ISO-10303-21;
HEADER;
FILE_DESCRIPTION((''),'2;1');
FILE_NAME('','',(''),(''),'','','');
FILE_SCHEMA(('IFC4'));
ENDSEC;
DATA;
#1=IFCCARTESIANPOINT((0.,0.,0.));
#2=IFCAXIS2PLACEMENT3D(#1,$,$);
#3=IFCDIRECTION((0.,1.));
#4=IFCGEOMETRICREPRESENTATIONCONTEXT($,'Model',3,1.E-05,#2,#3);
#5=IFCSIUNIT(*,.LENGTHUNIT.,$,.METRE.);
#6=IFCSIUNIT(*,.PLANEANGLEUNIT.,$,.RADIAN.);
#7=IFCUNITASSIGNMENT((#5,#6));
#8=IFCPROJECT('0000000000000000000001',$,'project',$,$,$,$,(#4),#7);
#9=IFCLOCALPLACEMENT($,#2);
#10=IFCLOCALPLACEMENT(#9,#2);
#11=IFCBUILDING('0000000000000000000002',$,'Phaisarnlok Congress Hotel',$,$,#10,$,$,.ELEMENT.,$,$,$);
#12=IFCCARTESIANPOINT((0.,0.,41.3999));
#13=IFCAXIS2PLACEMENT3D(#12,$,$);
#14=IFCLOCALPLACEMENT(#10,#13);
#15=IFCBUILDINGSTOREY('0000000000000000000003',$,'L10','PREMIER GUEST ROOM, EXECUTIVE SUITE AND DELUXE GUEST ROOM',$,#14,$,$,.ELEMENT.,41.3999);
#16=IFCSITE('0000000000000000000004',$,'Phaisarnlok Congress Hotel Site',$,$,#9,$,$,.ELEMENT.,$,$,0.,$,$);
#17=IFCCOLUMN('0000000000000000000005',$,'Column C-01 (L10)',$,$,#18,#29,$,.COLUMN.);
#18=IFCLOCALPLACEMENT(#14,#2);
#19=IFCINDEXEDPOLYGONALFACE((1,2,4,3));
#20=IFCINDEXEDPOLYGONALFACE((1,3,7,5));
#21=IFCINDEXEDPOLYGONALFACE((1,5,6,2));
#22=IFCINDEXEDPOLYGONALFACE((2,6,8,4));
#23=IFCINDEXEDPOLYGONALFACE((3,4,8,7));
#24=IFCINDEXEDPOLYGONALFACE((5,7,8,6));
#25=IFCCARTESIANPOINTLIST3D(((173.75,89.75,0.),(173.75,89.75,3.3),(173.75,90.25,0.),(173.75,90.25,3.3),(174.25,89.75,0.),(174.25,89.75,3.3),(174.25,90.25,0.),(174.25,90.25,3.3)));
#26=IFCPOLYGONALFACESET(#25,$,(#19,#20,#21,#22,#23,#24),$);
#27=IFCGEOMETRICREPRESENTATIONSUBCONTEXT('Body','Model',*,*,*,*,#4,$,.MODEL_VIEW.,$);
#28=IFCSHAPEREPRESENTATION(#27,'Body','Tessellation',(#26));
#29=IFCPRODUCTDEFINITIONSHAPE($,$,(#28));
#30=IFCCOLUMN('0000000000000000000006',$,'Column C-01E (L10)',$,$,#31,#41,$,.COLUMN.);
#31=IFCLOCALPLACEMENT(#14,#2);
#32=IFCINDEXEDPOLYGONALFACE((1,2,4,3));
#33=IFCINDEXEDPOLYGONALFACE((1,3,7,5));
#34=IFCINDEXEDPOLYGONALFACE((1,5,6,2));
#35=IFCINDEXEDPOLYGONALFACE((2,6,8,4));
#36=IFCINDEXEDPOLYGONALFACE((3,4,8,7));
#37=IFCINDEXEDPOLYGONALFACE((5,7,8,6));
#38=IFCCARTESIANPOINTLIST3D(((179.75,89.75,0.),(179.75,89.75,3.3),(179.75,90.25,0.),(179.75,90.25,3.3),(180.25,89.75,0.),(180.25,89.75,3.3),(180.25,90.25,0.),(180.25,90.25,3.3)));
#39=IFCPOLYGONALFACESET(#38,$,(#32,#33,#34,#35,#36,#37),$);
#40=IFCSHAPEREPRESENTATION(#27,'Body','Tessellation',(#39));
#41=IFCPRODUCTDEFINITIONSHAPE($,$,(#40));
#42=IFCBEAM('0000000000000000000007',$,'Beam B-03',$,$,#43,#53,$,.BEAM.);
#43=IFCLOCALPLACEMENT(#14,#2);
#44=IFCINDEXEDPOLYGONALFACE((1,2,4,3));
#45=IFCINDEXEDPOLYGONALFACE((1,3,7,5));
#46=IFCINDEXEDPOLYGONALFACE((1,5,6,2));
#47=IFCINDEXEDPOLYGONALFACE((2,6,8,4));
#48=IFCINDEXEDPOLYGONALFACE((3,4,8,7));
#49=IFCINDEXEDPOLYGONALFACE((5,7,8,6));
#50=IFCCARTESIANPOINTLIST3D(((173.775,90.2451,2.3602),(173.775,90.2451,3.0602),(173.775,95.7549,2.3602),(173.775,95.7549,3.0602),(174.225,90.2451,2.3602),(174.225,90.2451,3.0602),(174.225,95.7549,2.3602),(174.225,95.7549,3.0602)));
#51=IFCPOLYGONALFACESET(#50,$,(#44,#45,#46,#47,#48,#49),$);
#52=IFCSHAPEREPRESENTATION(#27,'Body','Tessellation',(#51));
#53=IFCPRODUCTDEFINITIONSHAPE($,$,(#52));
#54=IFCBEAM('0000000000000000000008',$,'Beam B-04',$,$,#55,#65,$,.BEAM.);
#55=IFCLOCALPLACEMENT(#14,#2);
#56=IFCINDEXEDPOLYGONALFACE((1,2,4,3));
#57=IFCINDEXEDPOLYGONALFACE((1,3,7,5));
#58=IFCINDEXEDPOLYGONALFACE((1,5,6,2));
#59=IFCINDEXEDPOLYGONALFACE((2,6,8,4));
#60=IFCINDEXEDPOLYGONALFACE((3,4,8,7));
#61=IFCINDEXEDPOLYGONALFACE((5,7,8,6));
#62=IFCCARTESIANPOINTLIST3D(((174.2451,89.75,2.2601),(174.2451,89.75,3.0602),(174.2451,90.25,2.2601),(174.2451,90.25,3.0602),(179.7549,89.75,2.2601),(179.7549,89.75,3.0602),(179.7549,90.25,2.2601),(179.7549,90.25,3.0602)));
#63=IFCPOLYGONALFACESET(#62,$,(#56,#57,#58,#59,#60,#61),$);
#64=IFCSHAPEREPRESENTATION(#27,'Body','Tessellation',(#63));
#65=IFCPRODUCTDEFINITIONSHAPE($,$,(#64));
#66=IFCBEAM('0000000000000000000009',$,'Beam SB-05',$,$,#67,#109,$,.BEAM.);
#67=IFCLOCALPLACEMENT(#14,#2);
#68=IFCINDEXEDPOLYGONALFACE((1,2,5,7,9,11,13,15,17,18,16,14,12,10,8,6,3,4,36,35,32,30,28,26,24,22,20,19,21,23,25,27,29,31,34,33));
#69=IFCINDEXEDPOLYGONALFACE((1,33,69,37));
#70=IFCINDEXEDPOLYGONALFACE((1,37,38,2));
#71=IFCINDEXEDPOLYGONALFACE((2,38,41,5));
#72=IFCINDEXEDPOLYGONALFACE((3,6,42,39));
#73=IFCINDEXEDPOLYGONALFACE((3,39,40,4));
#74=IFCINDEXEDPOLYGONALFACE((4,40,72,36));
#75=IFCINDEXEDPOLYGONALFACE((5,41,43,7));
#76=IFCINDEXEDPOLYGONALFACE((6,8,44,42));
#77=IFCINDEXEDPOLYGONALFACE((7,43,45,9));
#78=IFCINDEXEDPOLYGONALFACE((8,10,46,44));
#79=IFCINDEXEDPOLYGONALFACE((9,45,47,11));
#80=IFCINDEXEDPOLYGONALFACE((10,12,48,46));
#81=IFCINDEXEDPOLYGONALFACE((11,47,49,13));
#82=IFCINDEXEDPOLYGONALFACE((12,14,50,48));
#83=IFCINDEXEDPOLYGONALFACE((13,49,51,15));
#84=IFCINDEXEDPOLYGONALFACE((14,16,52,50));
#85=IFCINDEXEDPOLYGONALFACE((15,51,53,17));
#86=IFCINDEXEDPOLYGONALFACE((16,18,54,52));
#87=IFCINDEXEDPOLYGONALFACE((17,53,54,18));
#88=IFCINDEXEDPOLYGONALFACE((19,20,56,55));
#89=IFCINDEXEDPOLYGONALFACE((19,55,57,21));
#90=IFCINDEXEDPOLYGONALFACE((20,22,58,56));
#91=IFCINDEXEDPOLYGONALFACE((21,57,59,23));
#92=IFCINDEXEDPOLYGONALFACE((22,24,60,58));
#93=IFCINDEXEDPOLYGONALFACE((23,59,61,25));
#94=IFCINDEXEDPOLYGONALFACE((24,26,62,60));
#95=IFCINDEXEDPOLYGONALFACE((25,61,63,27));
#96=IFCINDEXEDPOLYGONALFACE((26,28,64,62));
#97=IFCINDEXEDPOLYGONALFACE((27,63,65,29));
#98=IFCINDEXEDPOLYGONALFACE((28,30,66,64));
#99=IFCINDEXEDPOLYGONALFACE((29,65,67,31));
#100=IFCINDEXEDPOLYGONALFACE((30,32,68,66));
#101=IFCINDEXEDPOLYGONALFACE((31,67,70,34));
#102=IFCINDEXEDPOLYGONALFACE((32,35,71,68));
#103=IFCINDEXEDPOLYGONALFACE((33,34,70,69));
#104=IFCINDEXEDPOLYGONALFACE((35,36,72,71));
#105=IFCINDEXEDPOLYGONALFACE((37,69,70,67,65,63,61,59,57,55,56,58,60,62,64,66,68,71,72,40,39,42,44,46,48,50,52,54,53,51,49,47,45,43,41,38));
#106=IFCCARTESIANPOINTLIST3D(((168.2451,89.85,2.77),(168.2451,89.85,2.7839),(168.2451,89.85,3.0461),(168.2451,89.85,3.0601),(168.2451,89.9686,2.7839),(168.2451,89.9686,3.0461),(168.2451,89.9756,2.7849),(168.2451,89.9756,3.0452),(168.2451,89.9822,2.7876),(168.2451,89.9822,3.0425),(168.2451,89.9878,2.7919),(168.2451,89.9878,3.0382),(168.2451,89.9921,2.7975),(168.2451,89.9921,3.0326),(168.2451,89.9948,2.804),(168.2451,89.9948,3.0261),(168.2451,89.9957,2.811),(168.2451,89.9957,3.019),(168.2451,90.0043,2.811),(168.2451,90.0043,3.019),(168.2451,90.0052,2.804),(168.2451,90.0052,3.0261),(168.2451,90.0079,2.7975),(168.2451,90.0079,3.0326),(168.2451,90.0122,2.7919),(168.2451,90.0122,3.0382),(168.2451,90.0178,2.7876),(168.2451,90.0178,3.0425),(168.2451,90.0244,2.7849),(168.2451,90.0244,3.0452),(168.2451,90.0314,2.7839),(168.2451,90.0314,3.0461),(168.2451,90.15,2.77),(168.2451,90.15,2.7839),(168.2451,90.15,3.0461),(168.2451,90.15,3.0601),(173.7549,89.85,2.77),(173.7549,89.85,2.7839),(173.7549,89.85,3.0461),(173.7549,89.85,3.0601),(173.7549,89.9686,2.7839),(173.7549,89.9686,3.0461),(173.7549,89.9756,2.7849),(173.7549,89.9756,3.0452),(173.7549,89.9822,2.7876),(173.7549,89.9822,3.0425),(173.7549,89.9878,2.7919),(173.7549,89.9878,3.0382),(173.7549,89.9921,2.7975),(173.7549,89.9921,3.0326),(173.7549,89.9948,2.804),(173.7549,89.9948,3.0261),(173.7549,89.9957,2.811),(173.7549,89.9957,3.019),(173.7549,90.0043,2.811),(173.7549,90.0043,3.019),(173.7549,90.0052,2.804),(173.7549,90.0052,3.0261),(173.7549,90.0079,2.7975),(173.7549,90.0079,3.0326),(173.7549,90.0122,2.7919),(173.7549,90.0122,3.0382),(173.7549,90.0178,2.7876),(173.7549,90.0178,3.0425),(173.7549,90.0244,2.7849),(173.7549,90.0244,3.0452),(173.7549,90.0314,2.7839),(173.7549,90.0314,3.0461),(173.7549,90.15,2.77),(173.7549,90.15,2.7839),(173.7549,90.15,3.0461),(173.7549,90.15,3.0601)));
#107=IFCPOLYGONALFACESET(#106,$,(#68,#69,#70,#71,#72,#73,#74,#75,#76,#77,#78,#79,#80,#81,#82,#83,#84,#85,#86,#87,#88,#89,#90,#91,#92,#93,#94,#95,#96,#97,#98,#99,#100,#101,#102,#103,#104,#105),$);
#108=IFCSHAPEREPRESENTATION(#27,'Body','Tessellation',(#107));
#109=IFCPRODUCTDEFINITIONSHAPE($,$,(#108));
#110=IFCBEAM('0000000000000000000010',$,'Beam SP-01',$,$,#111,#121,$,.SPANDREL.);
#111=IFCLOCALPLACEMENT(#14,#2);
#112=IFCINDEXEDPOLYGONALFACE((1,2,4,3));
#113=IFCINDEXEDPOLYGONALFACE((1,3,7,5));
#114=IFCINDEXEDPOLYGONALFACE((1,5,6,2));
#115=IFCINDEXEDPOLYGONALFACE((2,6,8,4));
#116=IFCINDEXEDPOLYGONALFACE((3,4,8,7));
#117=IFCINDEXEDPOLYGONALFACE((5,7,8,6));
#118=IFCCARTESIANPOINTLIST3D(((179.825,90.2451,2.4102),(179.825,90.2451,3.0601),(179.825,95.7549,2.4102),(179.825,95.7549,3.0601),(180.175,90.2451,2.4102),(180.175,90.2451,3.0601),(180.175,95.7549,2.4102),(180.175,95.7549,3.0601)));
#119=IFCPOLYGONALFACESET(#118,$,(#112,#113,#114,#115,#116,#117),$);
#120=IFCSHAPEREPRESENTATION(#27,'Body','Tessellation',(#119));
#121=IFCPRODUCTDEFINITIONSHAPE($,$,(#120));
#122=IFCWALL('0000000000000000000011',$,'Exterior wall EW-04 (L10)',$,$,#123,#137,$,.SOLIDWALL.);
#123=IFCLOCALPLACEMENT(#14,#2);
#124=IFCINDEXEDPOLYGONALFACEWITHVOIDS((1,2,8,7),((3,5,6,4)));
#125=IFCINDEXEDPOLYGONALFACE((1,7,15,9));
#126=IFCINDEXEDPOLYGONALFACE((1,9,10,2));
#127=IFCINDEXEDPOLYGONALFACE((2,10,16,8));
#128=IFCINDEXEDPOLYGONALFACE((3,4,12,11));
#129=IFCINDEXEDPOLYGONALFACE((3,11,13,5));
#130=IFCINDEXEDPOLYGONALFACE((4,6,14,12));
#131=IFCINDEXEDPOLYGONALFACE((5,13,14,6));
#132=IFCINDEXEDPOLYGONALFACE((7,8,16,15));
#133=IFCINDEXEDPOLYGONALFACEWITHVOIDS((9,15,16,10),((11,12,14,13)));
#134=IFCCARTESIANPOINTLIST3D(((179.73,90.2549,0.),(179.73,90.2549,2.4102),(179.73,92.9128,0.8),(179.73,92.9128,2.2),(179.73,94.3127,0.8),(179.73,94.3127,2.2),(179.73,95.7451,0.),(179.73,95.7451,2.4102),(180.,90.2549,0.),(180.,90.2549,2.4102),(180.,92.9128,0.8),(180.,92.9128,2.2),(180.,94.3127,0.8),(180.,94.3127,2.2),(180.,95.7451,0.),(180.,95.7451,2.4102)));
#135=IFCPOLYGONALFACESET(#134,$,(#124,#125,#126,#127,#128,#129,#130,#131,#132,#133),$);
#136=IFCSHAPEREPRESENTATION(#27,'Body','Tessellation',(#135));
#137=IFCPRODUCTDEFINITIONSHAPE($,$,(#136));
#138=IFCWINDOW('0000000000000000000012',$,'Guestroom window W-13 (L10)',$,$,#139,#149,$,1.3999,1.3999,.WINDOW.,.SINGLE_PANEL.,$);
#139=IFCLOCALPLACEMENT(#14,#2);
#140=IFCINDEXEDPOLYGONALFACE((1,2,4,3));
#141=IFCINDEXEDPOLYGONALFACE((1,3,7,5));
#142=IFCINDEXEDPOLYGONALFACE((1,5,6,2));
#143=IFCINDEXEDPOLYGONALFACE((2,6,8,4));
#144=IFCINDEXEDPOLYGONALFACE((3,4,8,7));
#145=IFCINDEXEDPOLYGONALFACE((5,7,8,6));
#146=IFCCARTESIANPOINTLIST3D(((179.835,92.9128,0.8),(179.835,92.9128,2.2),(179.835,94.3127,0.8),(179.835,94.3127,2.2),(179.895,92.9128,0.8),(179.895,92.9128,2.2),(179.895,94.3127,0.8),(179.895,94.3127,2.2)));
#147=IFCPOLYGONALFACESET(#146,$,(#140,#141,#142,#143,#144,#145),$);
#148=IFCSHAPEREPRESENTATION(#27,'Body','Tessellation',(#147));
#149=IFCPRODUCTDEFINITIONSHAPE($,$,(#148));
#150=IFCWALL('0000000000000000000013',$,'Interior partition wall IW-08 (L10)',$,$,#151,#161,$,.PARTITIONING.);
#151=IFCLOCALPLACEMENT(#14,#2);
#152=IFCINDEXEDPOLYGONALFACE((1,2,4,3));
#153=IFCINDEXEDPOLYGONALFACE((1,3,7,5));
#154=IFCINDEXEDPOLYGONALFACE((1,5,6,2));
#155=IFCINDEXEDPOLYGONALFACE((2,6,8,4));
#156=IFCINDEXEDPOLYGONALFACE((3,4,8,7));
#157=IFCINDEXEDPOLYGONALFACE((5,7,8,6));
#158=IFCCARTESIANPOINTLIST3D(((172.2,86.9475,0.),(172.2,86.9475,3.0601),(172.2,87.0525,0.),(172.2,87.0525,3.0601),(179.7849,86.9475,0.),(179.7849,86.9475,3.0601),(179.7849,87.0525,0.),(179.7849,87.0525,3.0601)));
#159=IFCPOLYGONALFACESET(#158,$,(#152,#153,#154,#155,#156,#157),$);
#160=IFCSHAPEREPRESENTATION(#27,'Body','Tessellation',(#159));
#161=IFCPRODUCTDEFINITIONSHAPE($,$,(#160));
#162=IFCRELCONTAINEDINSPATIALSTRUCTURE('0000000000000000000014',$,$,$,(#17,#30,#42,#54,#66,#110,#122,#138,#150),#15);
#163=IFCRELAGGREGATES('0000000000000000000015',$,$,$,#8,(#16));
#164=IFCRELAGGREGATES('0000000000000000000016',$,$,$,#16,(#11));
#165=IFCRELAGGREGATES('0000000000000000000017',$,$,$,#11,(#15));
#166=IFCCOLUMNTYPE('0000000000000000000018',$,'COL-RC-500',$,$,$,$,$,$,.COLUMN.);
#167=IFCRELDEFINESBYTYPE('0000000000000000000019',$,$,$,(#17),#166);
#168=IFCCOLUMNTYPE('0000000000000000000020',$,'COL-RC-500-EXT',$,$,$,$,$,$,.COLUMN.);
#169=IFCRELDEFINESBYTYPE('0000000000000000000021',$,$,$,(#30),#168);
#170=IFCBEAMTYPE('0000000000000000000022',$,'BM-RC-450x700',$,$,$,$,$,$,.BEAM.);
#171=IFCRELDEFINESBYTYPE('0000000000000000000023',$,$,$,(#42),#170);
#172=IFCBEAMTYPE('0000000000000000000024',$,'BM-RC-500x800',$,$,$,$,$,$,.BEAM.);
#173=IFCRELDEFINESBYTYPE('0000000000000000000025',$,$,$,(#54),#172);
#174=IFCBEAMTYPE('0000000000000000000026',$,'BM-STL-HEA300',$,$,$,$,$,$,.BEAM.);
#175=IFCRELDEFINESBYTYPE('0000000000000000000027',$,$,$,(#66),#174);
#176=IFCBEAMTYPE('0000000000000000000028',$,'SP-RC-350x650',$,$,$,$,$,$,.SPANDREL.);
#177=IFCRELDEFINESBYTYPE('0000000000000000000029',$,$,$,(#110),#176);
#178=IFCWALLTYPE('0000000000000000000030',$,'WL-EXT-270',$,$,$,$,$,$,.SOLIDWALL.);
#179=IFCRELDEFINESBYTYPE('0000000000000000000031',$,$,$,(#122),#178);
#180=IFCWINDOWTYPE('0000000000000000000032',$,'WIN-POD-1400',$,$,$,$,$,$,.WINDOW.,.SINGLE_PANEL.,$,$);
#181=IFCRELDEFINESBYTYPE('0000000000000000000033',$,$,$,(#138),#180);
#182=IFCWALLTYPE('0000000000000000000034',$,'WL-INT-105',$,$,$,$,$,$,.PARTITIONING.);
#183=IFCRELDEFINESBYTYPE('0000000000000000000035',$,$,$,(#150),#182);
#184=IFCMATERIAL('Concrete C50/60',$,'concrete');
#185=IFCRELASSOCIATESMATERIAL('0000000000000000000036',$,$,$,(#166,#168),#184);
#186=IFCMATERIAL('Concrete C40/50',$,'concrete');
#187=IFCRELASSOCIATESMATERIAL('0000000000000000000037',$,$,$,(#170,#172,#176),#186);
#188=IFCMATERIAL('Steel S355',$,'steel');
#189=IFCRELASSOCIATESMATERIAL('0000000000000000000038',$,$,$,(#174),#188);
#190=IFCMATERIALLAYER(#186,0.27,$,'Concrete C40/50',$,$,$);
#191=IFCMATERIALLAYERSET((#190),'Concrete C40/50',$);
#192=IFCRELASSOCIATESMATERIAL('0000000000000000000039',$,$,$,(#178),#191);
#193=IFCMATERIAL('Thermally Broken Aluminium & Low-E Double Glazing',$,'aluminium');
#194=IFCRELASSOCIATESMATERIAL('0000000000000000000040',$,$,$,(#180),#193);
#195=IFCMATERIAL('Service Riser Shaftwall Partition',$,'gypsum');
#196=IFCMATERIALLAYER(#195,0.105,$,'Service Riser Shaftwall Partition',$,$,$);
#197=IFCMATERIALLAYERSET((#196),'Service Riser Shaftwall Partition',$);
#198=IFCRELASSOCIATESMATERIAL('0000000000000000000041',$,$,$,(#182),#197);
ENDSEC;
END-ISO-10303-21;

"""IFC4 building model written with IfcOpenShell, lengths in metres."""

from ifc_helpers import new_model, si_unit, direction, frame, frame_2d, origin, origin_2d, place, context, subcontext, project, spatial, rectangle, i_section, extrude, material, layer, layer_set, material_profile, profile_set, type_object, element, fill, save


model = new_model("IFC4")

# Units and contexts
model_context = context("Model", 3, precision=1e-05, world=origin(), true_north=direction((0.0, 1.0)))
body_context = subcontext(model_context, "Body", "Model", "MODEL_VIEW")
ifc_project = project(units=[si_unit("LENGTHUNIT", "METRE"), si_unit("PLANEANGLEUNIT", "RADIAN")], contexts=[model_context])

# Site, building, storey
site_placement = place(None, origin())
site = spatial("IfcSite", under=ifc_project, at=site_placement, Name="Phaisarnlok Congress Hotel Site", CompositionType="ELEMENT", RefElevation=0.0)
building_placement = place(site_placement, origin())
building = spatial("IfcBuilding", under=site, at=building_placement, Name="Phaisarnlok Congress Hotel", CompositionType="ELEMENT")
storey_placement = place(building_placement, frame((0.0, 0.0, 41.3999)))
storey = spatial("IfcBuildingStorey", under=building, at=storey_placement, Name="L10", Description="PREMIER GUEST ROOM, EXECUTIVE SUITE AND DELUXE GUEST ROOM", CompositionType="ELEMENT", Elevation=41.3999)

# Columns
ifc_material_1 = material(Name="Concrete C50/60", Category="concrete")
ifc_material_profile_1 = material_profile(ifc_material_1, rectangle(XDim=0.5, YDim=0.5, at=origin_2d()), Name="RC 500x500")
ifc_profile_set_1 = profile_set([ifc_material_profile_1], Name="Concrete C50/60")
column_type_1 = type_object("IfcColumnType", Name="COL-RC-500", PredefinedType="COLUMN", material=ifc_profile_set_1)
column_1_placement = place(storey_placement, frame((174.0, 90.0, 0.0), z_axis=(0.0, 0.0, 1.0), x_axis=(1.0, 0.0, 0.0)))
element("IfcColumn", 1, at=column_1_placement, inside=storey, type_object=column_type_1, Name="Column C-01 (L10)", PredefinedType="COLUMN", context=body_context, shape_type="SweptSolid", body=[
    extrude(rectangle(XDim=0.5, YDim=0.5, at=origin_2d()), origin(), (0.0, 0.0, 1.0), 3.3),
])
ifc_material_profile_2 = material_profile(ifc_material_1, rectangle(XDim=0.5, YDim=0.5, at=origin_2d()), Name="RC 500x500")
ifc_profile_set_2 = profile_set([ifc_material_profile_2], Name="Concrete C50/60")
column_type_2 = type_object("IfcColumnType", Name="COL-RC-500-EXT", PredefinedType="COLUMN", material=ifc_profile_set_2)
column_2_placement = place(storey_placement, frame((180.0, 90.0, 0.0), z_axis=(0.0, 0.0, 1.0), x_axis=(1.0, 0.0, 0.0)))
element("IfcColumn", 2, at=column_2_placement, inside=storey, type_object=column_type_2, Name="Column C-01E (L10)", PredefinedType="COLUMN", context=body_context, shape_type="SweptSolid", body=[
    extrude(rectangle(XDim=0.5, YDim=0.5, at=origin_2d()), origin(), (0.0, 0.0, 1.0), 3.3),
])

# Beams
ifc_material_2 = material(Name="Concrete C40/50", Category="concrete")
ifc_material_profile_3 = material_profile(ifc_material_2, rectangle(XDim=0.45, YDim=0.7, at=origin_2d()), Name="RC 450x700")
ifc_profile_set_3 = profile_set([ifc_material_profile_3], Name="Concrete C40/50")
beam_type_1 = type_object("IfcBeamType", Name="BM-RC-450x700", PredefinedType="BEAM", material=ifc_profile_set_3)
beam_1_placement = place(storey_placement, frame((174.0, 90.2451, 2.7102), z_axis=(0.0, 1.0, 0.0), x_axis=(-1.0, 0.0, 0.0)))
element("IfcBeam", 3, at=beam_1_placement, inside=storey, type_object=beam_type_1, Name="Beam B-03", PredefinedType="BEAM", context=body_context, shape_type="SweptSolid", body=[
    extrude(rectangle(XDim=0.45, YDim=0.7, at=origin_2d()), origin(), (0.0, 0.0, 1.0), 5.5098),
])
ifc_material_profile_4 = material_profile(ifc_material_2, rectangle(XDim=0.5, YDim=0.8, at=origin_2d()), Name="RC 500x800")
ifc_profile_set_4 = profile_set([ifc_material_profile_4], Name="Concrete C40/50")
beam_type_2 = type_object("IfcBeamType", Name="BM-RC-500x800", PredefinedType="BEAM", material=ifc_profile_set_4)
beam_2_placement = place(storey_placement, frame((174.2451, 90.0, 2.6602), z_axis=(1.0, 0.0, 0.0), x_axis=(0.0, 1.0, 0.0)))
element("IfcBeam", 4, at=beam_2_placement, inside=storey, type_object=beam_type_2, Name="Beam B-04", PredefinedType="BEAM", context=body_context, shape_type="SweptSolid", body=[
    extrude(rectangle(XDim=0.5, YDim=0.8, at=origin_2d()), origin(), (0.0, 0.0, 1.0), 5.5098),
])
ifc_material_3 = material(Name="Steel S355", Category="steel")
ifc_material_profile_5 = material_profile(ifc_material_3, i_section(OverallWidth=0.3, OverallDepth=0.29, WebThickness=0.0085, FlangeThickness=0.0139, FilletRadius=0.0271, at=origin_2d()), Name="HEA 300")
ifc_profile_set_5 = profile_set([ifc_material_profile_5], Name="Steel S355")
beam_type_3 = type_object("IfcBeamType", Name="BM-STL-HEA300", PredefinedType="BEAM", material=ifc_profile_set_5)
beam_3_placement = place(storey_placement, frame((168.2451, 90.0, 2.915), z_axis=(1.0, 0.0, 0.0), x_axis=(0.0, 1.0, 0.0)))
element("IfcBeam", 5, at=beam_3_placement, inside=storey, type_object=beam_type_3, Name="Beam SB-05", PredefinedType="BEAM", context=body_context, shape_type="SweptSolid", body=[
    extrude(i_section(OverallWidth=0.3, OverallDepth=0.29, WebThickness=0.0085, FlangeThickness=0.0139, FilletRadius=0.0271, at=origin_2d()), origin(), (0.0, 0.0, 1.0), 5.5098),
])
ifc_material_profile_6 = material_profile(ifc_material_2, rectangle(XDim=0.3501, YDim=0.6499, at=origin_2d()), Name="RC 350x650")
ifc_profile_set_6 = profile_set([ifc_material_profile_6], Name="Concrete C40/50")
beam_type_4 = type_object("IfcBeamType", Name="SP-RC-350x650", PredefinedType="SPANDREL", material=ifc_profile_set_6)
beam_4_placement = place(storey_placement, frame((180.0, 90.2451, 2.7351), z_axis=(0.0, 1.0, 0.0), x_axis=(-1.0, 0.0, 0.0)))
element("IfcBeam", 6, at=beam_4_placement, inside=storey, type_object=beam_type_4, Name="Beam SP-01", PredefinedType="SPANDREL", context=body_context, shape_type="SweptSolid", body=[
    extrude(rectangle(XDim=0.3501, YDim=0.6499, at=origin_2d()), origin(), (0.0, 0.0, 1.0), 5.5098),
])

# Wall, opening, window
ifc_layer_1 = layer(ifc_material_2, 0.27, Name="Concrete C40/50")
ifc_layer_set_1 = layer_set([ifc_layer_1], Name="Concrete C40/50")
wall_type_1 = type_object("IfcWallType", Name="WL-EXT-270", PredefinedType="SOLIDWALL", material=ifc_layer_set_1)
wall_1_placement = place(storey_placement, frame((179.865, 90.2549, 0.0), z_axis=(0.0, 0.0, 1.0), x_axis=(0.0, 1.0, 0.0)))
wall_1 = element("IfcWall", 7, at=wall_1_placement, inside=storey, type_object=wall_type_1, Name="Exterior wall EW-04 (L10)", PredefinedType="SOLIDWALL", context=body_context, shape_type="SweptSolid", body=[
    extrude(rectangle(XDim=5.4902, YDim=0.27, at=frame_2d((2.7451, 0.0))), origin(), (0.0, 0.0, 1.0), 2.4102),
])
opening_1_placement = place(wall_1_placement, frame((2.658, 0.0, 0.8)))
opening_1 = element("IfcOpeningElement", 8, at=opening_1_placement, cuts=wall_1, PredefinedType="OPENING", context=body_context, shape_type="SweptSolid", body=[
    extrude(rectangle(XDim=1.3999, YDim=1.3999, at=frame_2d((0.7, 0.7))), frame((0.0, 0.145, 0.0), z_axis=(0.0, -1.0, 0.0), x_axis=(1.0, 0.0, 0.0)), (0.0, 0.0, 1.0), 0.29),
])
ifc_material_4 = material(Name="Thermally Broken Aluminium & Low-E Double Glazing", Category="aluminium")
window_type = type_object("IfcWindowType", Name="WIN-POD-1400", PartitioningType="SINGLE_PANEL", PredefinedType="WINDOW", material=ifc_material_4)
window_placement = place(opening_1_placement, origin())
window = element("IfcWindow", 9, at=window_placement, inside=storey, type_object=window_type, Name="Guestroom window W-13 (L10)", OverallHeight=1.3999, OverallWidth=1.3999, PartitioningType="SINGLE_PANEL", PredefinedType="WINDOW", context=body_context, shape_type="SweptSolid", body=[
    extrude(rectangle(XDim=1.3999, YDim=1.3999, at=frame_2d((0.7, 0.7))), frame((0.0, 0.03, 0.0), z_axis=(0.0, -1.0, 0.0), x_axis=(1.0, 0.0, 0.0)), (0.0, 0.0, 1.0), 0.0601),
])
fill(opening_1, window)

# Wall
ifc_material_5 = material(Name="Service Riser Shaftwall Partition", Category="gypsum")
ifc_layer_2 = layer(ifc_material_5, 0.105, Name="Service Riser Shaftwall Partition")
ifc_layer_set_2 = layer_set([ifc_layer_2], Name="Service Riser Shaftwall Partition")
wall_type_2 = type_object("IfcWallType", Name="WL-INT-105", PredefinedType="PARTITIONING", material=ifc_layer_set_2)
wall_2_placement = place(storey_placement, frame((172.2, 87.0, 0.0), z_axis=(0.0, 0.0, 1.0), x_axis=(1.0, 0.0, 0.0)))
element("IfcWall", 10, at=wall_2_placement, inside=storey, type_object=wall_type_2, Name="Interior partition wall IW-08 (L10)", PredefinedType="PARTITIONING", context=body_context, shape_type="SweptSolid", body=[
    extrude(rectangle(XDim=7.585, YDim=0.105, at=frame_2d((3.7925, 0.0))), origin(), (0.0, 0.0, 1.0), 3.0601),
])

save(model, "model.ifc")
